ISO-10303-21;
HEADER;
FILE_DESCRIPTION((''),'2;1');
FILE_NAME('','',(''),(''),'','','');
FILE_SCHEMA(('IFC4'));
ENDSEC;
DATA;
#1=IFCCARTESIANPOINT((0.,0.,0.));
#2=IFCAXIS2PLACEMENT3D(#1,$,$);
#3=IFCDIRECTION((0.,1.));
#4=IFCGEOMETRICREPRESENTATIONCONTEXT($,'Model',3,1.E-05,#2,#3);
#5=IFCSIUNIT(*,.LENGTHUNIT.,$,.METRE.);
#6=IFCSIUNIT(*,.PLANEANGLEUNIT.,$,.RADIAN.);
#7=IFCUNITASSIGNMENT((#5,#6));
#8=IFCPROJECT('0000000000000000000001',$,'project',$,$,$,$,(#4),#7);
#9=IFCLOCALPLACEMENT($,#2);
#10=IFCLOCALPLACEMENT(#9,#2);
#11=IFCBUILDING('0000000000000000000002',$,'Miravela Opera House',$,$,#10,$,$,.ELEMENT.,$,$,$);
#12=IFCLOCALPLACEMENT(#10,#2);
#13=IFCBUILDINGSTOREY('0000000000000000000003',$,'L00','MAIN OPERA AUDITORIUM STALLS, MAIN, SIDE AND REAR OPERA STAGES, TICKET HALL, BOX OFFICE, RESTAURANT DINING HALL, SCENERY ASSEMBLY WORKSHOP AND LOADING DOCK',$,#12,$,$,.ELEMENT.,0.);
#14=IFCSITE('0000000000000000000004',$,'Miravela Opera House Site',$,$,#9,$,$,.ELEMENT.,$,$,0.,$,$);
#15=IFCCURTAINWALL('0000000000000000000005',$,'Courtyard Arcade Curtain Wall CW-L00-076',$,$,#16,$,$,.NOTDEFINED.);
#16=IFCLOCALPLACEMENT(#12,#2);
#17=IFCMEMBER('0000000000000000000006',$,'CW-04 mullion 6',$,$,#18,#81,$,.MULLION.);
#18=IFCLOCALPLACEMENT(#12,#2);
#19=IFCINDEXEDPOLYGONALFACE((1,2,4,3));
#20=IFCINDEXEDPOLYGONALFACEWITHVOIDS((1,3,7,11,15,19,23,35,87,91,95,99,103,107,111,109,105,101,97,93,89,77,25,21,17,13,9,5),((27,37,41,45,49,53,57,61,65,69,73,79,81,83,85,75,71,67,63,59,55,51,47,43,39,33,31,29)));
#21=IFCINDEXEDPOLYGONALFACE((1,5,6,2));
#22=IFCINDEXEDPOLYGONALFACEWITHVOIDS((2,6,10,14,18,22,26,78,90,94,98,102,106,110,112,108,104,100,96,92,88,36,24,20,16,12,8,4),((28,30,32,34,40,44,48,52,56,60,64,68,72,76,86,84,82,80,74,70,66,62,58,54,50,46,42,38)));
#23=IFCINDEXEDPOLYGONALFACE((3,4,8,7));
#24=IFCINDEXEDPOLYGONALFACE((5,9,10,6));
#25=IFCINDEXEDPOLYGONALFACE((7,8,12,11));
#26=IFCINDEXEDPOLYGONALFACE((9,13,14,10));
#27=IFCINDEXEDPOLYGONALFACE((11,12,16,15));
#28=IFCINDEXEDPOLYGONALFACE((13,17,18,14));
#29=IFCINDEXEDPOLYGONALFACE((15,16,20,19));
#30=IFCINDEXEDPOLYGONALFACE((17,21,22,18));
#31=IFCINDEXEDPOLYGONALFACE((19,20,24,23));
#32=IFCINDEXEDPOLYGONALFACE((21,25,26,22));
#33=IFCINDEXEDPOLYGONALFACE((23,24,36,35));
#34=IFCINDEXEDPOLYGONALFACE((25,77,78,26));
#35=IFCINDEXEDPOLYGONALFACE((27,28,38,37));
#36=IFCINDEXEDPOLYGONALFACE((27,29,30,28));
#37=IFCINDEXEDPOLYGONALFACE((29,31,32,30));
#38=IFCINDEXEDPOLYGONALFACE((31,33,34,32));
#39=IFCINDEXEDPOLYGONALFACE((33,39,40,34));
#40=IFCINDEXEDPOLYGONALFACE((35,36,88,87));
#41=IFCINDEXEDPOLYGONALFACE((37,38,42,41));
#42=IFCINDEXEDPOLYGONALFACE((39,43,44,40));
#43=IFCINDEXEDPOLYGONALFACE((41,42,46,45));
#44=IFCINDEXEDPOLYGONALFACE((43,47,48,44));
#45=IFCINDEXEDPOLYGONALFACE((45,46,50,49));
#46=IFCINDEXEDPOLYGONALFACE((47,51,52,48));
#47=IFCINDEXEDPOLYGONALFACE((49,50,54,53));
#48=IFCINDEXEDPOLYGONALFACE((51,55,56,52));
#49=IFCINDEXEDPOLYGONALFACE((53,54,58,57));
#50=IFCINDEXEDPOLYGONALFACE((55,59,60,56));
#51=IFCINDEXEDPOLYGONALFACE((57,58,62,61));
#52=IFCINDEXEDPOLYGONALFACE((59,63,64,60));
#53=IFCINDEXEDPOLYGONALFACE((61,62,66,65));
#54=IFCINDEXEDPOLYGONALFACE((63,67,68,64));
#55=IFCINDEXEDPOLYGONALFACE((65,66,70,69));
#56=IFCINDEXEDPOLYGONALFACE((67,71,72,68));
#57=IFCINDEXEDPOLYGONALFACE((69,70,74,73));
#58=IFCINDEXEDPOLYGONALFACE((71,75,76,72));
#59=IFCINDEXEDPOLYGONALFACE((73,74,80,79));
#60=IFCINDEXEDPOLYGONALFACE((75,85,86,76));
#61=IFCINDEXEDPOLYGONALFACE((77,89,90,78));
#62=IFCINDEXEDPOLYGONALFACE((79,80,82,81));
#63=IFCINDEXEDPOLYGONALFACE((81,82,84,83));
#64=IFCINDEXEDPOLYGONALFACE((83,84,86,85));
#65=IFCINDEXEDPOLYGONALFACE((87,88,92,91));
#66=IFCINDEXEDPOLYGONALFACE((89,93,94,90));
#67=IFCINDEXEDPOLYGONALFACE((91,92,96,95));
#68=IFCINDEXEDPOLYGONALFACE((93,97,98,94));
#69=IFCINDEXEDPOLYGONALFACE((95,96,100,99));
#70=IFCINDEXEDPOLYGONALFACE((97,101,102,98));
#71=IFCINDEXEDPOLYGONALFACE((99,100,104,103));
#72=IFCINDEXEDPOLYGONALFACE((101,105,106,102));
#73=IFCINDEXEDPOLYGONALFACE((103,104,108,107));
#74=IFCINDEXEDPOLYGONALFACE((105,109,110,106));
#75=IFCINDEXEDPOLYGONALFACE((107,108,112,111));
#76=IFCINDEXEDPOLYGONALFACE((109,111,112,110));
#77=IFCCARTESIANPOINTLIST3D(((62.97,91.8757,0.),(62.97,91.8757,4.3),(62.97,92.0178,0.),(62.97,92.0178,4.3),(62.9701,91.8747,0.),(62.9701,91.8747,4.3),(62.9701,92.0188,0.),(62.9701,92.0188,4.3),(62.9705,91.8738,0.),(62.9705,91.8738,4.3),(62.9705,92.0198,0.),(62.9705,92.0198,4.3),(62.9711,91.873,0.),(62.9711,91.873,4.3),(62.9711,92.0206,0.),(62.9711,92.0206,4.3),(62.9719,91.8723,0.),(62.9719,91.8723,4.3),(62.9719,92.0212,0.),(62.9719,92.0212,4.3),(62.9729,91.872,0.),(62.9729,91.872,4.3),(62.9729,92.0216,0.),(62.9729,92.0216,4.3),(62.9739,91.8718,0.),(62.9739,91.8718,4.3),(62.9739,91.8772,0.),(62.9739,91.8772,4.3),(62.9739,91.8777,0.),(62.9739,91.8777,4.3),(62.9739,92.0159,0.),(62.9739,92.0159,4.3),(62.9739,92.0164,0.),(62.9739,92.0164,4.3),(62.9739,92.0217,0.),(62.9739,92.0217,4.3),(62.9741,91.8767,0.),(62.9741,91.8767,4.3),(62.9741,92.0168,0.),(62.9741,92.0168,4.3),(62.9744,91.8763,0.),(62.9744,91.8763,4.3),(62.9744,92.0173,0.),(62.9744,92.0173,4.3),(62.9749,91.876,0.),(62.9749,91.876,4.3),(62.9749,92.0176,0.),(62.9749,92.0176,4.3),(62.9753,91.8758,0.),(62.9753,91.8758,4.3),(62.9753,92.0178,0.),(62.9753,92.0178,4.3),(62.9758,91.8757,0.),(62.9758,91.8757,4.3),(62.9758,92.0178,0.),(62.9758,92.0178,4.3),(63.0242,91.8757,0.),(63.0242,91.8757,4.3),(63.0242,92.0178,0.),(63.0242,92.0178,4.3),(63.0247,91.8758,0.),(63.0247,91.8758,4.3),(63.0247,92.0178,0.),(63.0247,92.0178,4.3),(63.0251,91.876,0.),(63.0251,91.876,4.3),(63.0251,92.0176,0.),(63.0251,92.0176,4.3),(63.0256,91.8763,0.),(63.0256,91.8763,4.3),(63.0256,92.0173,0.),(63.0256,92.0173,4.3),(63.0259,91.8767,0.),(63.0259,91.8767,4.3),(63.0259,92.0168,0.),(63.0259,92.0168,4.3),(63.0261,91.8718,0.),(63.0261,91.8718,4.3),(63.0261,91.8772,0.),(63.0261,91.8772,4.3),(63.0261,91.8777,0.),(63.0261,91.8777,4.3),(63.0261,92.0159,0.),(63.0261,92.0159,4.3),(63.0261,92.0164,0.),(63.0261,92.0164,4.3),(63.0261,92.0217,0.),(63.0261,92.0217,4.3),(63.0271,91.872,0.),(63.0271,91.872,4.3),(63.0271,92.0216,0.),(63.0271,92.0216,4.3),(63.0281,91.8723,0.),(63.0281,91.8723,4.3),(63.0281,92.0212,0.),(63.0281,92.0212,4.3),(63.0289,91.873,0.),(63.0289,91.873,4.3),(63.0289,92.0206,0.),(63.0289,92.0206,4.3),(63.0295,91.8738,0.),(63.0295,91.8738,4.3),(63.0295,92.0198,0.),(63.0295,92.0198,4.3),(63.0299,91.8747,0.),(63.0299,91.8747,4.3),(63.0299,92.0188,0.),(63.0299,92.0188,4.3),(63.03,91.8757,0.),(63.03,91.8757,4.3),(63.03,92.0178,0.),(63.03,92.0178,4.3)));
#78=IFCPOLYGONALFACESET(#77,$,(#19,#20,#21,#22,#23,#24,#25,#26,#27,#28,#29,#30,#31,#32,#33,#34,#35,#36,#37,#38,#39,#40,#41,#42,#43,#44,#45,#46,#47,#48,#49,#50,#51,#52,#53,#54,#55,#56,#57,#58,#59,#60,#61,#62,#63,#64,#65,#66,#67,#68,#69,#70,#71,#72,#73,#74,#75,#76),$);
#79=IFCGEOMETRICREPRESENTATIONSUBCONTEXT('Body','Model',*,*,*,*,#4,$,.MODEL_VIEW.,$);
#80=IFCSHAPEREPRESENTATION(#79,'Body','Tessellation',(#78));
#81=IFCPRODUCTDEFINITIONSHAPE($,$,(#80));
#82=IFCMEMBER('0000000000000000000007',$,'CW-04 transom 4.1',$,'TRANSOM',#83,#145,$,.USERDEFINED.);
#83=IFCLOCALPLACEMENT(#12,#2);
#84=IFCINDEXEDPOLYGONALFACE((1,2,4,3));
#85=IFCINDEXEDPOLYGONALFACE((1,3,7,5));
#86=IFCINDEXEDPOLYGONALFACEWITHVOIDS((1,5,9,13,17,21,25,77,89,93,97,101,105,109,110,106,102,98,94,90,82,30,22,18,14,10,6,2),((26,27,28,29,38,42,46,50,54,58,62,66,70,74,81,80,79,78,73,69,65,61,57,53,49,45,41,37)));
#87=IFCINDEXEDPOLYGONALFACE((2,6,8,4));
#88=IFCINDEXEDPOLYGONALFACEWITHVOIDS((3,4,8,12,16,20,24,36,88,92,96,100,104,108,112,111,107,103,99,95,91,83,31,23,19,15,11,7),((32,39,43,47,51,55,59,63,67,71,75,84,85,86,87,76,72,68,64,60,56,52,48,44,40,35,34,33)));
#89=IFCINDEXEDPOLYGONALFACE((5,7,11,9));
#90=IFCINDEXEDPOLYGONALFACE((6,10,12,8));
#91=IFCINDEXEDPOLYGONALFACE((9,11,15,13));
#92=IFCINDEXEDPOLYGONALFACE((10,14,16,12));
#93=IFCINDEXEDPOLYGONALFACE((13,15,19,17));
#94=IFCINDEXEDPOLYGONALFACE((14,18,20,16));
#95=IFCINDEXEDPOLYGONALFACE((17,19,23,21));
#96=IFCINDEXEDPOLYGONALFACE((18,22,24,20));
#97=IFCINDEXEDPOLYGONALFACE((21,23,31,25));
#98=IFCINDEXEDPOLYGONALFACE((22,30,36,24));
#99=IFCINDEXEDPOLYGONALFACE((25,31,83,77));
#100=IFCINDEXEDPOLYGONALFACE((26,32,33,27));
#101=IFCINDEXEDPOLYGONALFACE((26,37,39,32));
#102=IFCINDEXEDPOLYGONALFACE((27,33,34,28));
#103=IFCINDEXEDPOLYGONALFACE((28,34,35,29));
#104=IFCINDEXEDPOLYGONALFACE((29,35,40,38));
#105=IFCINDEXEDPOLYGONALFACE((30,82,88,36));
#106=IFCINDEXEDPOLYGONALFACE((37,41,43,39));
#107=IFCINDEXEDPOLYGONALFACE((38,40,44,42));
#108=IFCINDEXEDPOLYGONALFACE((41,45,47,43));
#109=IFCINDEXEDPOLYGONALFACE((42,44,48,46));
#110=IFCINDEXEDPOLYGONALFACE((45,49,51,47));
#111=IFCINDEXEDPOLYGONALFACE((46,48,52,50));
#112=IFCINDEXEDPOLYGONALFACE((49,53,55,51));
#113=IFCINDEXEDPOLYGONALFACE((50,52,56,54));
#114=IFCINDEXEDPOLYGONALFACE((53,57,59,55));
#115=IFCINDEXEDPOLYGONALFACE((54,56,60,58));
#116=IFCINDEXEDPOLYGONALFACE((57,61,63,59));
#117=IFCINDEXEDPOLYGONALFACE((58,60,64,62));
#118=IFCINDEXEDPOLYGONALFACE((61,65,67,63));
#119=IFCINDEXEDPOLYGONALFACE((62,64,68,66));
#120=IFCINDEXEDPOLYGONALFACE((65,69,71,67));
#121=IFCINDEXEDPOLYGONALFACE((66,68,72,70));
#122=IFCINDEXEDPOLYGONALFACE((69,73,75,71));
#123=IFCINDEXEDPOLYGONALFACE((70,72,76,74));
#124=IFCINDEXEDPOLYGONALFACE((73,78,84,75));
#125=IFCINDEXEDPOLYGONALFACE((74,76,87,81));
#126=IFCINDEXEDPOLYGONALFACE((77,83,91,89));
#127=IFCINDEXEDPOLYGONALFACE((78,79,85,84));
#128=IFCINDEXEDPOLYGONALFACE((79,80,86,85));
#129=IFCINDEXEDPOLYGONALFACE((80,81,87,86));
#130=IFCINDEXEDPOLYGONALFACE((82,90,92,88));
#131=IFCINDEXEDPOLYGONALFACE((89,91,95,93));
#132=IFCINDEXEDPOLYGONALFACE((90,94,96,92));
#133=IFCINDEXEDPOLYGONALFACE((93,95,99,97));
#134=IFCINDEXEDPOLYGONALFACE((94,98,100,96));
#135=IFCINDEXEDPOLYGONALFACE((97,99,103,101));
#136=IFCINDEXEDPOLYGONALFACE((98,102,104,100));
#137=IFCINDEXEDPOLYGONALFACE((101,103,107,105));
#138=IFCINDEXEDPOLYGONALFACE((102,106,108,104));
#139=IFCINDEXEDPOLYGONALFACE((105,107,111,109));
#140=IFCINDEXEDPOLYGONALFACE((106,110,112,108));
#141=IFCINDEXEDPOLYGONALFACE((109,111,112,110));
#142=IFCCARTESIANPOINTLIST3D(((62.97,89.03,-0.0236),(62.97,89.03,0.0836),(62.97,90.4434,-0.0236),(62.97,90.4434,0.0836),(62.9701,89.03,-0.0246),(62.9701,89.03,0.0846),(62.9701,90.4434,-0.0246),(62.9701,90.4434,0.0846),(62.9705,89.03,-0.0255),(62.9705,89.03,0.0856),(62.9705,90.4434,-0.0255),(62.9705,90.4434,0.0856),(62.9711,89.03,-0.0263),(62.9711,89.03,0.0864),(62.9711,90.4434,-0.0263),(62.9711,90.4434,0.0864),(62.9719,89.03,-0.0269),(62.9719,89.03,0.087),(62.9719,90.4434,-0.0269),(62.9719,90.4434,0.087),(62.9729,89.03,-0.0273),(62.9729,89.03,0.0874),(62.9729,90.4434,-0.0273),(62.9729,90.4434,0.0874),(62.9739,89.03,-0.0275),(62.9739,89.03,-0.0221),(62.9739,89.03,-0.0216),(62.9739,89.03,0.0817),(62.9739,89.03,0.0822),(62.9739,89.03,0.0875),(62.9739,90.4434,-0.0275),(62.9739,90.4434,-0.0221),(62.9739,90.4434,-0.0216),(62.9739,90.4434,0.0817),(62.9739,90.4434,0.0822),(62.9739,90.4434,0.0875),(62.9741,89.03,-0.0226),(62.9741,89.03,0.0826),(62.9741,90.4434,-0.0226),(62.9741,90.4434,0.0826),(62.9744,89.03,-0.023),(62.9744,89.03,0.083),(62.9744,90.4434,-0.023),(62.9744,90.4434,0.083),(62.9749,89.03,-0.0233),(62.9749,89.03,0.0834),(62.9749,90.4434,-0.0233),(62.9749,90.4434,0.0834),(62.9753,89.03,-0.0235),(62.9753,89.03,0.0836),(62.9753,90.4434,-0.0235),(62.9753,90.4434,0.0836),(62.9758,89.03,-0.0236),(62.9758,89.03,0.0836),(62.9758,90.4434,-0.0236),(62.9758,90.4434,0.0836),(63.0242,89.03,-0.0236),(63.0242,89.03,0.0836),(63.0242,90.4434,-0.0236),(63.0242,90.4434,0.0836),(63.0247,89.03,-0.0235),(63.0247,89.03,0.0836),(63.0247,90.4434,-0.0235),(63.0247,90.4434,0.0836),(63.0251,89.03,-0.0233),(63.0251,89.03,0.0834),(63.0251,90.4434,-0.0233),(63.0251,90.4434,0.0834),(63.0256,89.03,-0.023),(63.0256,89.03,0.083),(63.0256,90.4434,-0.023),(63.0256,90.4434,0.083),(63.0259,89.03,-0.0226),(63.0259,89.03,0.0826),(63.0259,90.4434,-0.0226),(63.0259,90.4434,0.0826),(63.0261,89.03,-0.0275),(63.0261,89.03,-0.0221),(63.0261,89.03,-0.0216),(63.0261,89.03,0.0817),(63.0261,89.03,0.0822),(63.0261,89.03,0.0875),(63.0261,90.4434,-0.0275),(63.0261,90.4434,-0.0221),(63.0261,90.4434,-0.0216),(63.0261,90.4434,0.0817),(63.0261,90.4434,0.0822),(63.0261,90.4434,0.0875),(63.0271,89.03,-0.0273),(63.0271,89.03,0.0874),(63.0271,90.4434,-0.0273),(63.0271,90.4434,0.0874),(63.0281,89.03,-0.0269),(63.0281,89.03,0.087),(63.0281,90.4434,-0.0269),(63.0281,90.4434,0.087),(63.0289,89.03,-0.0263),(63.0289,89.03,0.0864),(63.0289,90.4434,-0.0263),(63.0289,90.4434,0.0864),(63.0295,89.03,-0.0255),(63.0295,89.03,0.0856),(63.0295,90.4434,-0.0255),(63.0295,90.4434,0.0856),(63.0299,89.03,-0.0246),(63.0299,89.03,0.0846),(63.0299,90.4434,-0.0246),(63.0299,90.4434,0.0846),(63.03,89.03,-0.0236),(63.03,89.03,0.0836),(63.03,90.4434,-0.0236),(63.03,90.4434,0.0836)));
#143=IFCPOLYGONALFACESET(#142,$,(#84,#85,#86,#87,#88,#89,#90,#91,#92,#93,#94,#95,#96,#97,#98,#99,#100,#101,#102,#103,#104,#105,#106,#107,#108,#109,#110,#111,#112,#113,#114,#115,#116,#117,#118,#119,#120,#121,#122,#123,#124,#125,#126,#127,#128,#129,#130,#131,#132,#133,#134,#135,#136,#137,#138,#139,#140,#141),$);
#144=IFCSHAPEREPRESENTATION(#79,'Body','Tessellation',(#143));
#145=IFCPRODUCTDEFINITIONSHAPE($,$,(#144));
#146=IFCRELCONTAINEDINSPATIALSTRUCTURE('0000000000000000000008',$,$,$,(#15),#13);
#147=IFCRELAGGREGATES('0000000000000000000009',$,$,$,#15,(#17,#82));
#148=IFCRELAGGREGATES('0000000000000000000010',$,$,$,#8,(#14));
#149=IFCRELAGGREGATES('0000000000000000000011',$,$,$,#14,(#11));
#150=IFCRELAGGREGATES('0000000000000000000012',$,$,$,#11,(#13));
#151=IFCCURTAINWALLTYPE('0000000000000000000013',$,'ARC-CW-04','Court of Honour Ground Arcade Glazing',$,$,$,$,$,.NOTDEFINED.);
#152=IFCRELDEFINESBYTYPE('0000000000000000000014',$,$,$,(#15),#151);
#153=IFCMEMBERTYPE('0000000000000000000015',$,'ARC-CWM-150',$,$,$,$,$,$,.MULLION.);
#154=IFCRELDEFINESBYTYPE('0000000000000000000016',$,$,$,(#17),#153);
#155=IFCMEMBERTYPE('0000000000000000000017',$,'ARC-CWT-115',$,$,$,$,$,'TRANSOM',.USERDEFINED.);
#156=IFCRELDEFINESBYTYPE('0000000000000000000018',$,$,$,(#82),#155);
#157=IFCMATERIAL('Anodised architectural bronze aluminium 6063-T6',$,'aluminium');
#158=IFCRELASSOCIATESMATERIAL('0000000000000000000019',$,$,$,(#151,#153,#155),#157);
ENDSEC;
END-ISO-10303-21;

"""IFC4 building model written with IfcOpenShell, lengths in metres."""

from ifc_helpers import new_model, si_unit, direction, frame, origin, origin_2d, place, context, subcontext, project, spatial, hollow_rectangle, extrude, material, material_profile, profile_set, type_object, element, aggregate, save


model = new_model("IFC4")

# Units and contexts
model_context = context("Model", 3, precision=1e-05, world=origin(), true_north=direction((0.0, 1.0)))
body_context = subcontext(model_context, "Body", "Model", "MODEL_VIEW")
ifc_project = project(units=[si_unit("LENGTHUNIT", "METRE"), si_unit("PLANEANGLEUNIT", "RADIAN")], contexts=[model_context])

# Site, building, storey
site_placement = place(None, origin())
site = spatial("IfcSite", under=ifc_project, at=site_placement, Name="Miravela Opera House Site", CompositionType="ELEMENT", RefElevation=0.0)
building_placement = place(site_placement, origin())
building = spatial("IfcBuilding", under=site, at=building_placement, Name="Miravela Opera House", CompositionType="ELEMENT")
storey_placement = place(building_placement, origin())
storey = spatial("IfcBuildingStorey", under=building, at=storey_placement, Name="L00", Description="MAIN OPERA AUDITORIUM STALLS, MAIN, SIDE AND REAR OPERA STAGES, TICKET HALL, BOX OFFICE, RESTAURANT DINING HALL, SCENERY ASSEMBLY WORKSHOP AND LOADING DOCK", CompositionType="ELEMENT", Elevation=0.0)

# Curtain wall, members
ifc_material_1 = material(Name="Anodised architectural bronze aluminium 6063-T6", Category="aluminium")
curtain_wall_type = type_object("IfcCurtainWallType", Name="ARC-CW-04", Description="Court of Honour Ground Arcade Glazing", PredefinedType="NOTDEFINED", material=ifc_material_1)
curtain_wall_placement = place(storey_placement, origin())
curtain_wall = element("IfcCurtainWall", 1, at=curtain_wall_placement, inside=storey, type_object=curtain_wall_type, Name="Courtyard Arcade Curtain Wall CW-L00-076", PredefinedType="NOTDEFINED")
ifc_material_profile_1 = material_profile(ifc_material_1, hollow_rectangle(XDim=0.0601, YDim=0.1499, WallThickness=0.0039, InnerFilletRadius=0.002, OuterFilletRadius=0.0039, at=origin_2d()), Name="CWM-60X150")
ifc_profile_set_1 = profile_set([ifc_material_profile_1])
member_type_1 = type_object("IfcMemberType", Name="ARC-CWM-150", PredefinedType="MULLION", material=ifc_profile_set_1)
member_1_placement = place(storey_placement, frame((63.0, 91.9468, 0.0), z_axis=(0.0, 0.0, 1.0), x_axis=(-1.0, 0.0, 0.0)))
member_1 = element("IfcMember", 2, at=member_1_placement, type_object=member_type_1, Name="CW-04 mullion 6", PredefinedType="MULLION", context=body_context, shape_type="SweptSolid", body=[
    extrude(hollow_rectangle(XDim=0.0601, YDim=0.1499, WallThickness=0.0039, InnerFilletRadius=0.002, OuterFilletRadius=0.0039, at=origin_2d()), origin(), (0.0, 0.0, 1.0), 4.3),
])
ifc_material_profile_2 = material_profile(ifc_material_1, hollow_rectangle(XDim=0.0601, YDim=0.115, WallThickness=0.0039, InnerFilletRadius=0.002, OuterFilletRadius=0.0039, at=origin_2d()), Name="CWT-60X115")
ifc_profile_set_2 = profile_set([ifc_material_profile_2])
member_type_2 = type_object("IfcMemberType", Name="ARC-CWT-115", ElementType="TRANSOM", PredefinedType="USERDEFINED", material=ifc_profile_set_2)
member_2_placement = place(storey_placement, frame((63.0, 89.03, 0.03), z_axis=(0.0, 1.0, 0.0), x_axis=(-1.0, 0.0, 0.0)))
member_2 = element("IfcMember", 3, at=member_2_placement, type_object=member_type_2, Name="CW-04 transom 4.1", ObjectType="TRANSOM", PredefinedType="USERDEFINED", context=body_context, shape_type="SweptSolid", body=[
    extrude(hollow_rectangle(XDim=0.0601, YDim=0.115, WallThickness=0.0039, InnerFilletRadius=0.002, OuterFilletRadius=0.0039, at=origin_2d()), origin(), (0.0, 0.0, 1.0), 1.4133),
])

aggregate(curtain_wall, [member_1, member_2])

save(model, "model.ifc")
